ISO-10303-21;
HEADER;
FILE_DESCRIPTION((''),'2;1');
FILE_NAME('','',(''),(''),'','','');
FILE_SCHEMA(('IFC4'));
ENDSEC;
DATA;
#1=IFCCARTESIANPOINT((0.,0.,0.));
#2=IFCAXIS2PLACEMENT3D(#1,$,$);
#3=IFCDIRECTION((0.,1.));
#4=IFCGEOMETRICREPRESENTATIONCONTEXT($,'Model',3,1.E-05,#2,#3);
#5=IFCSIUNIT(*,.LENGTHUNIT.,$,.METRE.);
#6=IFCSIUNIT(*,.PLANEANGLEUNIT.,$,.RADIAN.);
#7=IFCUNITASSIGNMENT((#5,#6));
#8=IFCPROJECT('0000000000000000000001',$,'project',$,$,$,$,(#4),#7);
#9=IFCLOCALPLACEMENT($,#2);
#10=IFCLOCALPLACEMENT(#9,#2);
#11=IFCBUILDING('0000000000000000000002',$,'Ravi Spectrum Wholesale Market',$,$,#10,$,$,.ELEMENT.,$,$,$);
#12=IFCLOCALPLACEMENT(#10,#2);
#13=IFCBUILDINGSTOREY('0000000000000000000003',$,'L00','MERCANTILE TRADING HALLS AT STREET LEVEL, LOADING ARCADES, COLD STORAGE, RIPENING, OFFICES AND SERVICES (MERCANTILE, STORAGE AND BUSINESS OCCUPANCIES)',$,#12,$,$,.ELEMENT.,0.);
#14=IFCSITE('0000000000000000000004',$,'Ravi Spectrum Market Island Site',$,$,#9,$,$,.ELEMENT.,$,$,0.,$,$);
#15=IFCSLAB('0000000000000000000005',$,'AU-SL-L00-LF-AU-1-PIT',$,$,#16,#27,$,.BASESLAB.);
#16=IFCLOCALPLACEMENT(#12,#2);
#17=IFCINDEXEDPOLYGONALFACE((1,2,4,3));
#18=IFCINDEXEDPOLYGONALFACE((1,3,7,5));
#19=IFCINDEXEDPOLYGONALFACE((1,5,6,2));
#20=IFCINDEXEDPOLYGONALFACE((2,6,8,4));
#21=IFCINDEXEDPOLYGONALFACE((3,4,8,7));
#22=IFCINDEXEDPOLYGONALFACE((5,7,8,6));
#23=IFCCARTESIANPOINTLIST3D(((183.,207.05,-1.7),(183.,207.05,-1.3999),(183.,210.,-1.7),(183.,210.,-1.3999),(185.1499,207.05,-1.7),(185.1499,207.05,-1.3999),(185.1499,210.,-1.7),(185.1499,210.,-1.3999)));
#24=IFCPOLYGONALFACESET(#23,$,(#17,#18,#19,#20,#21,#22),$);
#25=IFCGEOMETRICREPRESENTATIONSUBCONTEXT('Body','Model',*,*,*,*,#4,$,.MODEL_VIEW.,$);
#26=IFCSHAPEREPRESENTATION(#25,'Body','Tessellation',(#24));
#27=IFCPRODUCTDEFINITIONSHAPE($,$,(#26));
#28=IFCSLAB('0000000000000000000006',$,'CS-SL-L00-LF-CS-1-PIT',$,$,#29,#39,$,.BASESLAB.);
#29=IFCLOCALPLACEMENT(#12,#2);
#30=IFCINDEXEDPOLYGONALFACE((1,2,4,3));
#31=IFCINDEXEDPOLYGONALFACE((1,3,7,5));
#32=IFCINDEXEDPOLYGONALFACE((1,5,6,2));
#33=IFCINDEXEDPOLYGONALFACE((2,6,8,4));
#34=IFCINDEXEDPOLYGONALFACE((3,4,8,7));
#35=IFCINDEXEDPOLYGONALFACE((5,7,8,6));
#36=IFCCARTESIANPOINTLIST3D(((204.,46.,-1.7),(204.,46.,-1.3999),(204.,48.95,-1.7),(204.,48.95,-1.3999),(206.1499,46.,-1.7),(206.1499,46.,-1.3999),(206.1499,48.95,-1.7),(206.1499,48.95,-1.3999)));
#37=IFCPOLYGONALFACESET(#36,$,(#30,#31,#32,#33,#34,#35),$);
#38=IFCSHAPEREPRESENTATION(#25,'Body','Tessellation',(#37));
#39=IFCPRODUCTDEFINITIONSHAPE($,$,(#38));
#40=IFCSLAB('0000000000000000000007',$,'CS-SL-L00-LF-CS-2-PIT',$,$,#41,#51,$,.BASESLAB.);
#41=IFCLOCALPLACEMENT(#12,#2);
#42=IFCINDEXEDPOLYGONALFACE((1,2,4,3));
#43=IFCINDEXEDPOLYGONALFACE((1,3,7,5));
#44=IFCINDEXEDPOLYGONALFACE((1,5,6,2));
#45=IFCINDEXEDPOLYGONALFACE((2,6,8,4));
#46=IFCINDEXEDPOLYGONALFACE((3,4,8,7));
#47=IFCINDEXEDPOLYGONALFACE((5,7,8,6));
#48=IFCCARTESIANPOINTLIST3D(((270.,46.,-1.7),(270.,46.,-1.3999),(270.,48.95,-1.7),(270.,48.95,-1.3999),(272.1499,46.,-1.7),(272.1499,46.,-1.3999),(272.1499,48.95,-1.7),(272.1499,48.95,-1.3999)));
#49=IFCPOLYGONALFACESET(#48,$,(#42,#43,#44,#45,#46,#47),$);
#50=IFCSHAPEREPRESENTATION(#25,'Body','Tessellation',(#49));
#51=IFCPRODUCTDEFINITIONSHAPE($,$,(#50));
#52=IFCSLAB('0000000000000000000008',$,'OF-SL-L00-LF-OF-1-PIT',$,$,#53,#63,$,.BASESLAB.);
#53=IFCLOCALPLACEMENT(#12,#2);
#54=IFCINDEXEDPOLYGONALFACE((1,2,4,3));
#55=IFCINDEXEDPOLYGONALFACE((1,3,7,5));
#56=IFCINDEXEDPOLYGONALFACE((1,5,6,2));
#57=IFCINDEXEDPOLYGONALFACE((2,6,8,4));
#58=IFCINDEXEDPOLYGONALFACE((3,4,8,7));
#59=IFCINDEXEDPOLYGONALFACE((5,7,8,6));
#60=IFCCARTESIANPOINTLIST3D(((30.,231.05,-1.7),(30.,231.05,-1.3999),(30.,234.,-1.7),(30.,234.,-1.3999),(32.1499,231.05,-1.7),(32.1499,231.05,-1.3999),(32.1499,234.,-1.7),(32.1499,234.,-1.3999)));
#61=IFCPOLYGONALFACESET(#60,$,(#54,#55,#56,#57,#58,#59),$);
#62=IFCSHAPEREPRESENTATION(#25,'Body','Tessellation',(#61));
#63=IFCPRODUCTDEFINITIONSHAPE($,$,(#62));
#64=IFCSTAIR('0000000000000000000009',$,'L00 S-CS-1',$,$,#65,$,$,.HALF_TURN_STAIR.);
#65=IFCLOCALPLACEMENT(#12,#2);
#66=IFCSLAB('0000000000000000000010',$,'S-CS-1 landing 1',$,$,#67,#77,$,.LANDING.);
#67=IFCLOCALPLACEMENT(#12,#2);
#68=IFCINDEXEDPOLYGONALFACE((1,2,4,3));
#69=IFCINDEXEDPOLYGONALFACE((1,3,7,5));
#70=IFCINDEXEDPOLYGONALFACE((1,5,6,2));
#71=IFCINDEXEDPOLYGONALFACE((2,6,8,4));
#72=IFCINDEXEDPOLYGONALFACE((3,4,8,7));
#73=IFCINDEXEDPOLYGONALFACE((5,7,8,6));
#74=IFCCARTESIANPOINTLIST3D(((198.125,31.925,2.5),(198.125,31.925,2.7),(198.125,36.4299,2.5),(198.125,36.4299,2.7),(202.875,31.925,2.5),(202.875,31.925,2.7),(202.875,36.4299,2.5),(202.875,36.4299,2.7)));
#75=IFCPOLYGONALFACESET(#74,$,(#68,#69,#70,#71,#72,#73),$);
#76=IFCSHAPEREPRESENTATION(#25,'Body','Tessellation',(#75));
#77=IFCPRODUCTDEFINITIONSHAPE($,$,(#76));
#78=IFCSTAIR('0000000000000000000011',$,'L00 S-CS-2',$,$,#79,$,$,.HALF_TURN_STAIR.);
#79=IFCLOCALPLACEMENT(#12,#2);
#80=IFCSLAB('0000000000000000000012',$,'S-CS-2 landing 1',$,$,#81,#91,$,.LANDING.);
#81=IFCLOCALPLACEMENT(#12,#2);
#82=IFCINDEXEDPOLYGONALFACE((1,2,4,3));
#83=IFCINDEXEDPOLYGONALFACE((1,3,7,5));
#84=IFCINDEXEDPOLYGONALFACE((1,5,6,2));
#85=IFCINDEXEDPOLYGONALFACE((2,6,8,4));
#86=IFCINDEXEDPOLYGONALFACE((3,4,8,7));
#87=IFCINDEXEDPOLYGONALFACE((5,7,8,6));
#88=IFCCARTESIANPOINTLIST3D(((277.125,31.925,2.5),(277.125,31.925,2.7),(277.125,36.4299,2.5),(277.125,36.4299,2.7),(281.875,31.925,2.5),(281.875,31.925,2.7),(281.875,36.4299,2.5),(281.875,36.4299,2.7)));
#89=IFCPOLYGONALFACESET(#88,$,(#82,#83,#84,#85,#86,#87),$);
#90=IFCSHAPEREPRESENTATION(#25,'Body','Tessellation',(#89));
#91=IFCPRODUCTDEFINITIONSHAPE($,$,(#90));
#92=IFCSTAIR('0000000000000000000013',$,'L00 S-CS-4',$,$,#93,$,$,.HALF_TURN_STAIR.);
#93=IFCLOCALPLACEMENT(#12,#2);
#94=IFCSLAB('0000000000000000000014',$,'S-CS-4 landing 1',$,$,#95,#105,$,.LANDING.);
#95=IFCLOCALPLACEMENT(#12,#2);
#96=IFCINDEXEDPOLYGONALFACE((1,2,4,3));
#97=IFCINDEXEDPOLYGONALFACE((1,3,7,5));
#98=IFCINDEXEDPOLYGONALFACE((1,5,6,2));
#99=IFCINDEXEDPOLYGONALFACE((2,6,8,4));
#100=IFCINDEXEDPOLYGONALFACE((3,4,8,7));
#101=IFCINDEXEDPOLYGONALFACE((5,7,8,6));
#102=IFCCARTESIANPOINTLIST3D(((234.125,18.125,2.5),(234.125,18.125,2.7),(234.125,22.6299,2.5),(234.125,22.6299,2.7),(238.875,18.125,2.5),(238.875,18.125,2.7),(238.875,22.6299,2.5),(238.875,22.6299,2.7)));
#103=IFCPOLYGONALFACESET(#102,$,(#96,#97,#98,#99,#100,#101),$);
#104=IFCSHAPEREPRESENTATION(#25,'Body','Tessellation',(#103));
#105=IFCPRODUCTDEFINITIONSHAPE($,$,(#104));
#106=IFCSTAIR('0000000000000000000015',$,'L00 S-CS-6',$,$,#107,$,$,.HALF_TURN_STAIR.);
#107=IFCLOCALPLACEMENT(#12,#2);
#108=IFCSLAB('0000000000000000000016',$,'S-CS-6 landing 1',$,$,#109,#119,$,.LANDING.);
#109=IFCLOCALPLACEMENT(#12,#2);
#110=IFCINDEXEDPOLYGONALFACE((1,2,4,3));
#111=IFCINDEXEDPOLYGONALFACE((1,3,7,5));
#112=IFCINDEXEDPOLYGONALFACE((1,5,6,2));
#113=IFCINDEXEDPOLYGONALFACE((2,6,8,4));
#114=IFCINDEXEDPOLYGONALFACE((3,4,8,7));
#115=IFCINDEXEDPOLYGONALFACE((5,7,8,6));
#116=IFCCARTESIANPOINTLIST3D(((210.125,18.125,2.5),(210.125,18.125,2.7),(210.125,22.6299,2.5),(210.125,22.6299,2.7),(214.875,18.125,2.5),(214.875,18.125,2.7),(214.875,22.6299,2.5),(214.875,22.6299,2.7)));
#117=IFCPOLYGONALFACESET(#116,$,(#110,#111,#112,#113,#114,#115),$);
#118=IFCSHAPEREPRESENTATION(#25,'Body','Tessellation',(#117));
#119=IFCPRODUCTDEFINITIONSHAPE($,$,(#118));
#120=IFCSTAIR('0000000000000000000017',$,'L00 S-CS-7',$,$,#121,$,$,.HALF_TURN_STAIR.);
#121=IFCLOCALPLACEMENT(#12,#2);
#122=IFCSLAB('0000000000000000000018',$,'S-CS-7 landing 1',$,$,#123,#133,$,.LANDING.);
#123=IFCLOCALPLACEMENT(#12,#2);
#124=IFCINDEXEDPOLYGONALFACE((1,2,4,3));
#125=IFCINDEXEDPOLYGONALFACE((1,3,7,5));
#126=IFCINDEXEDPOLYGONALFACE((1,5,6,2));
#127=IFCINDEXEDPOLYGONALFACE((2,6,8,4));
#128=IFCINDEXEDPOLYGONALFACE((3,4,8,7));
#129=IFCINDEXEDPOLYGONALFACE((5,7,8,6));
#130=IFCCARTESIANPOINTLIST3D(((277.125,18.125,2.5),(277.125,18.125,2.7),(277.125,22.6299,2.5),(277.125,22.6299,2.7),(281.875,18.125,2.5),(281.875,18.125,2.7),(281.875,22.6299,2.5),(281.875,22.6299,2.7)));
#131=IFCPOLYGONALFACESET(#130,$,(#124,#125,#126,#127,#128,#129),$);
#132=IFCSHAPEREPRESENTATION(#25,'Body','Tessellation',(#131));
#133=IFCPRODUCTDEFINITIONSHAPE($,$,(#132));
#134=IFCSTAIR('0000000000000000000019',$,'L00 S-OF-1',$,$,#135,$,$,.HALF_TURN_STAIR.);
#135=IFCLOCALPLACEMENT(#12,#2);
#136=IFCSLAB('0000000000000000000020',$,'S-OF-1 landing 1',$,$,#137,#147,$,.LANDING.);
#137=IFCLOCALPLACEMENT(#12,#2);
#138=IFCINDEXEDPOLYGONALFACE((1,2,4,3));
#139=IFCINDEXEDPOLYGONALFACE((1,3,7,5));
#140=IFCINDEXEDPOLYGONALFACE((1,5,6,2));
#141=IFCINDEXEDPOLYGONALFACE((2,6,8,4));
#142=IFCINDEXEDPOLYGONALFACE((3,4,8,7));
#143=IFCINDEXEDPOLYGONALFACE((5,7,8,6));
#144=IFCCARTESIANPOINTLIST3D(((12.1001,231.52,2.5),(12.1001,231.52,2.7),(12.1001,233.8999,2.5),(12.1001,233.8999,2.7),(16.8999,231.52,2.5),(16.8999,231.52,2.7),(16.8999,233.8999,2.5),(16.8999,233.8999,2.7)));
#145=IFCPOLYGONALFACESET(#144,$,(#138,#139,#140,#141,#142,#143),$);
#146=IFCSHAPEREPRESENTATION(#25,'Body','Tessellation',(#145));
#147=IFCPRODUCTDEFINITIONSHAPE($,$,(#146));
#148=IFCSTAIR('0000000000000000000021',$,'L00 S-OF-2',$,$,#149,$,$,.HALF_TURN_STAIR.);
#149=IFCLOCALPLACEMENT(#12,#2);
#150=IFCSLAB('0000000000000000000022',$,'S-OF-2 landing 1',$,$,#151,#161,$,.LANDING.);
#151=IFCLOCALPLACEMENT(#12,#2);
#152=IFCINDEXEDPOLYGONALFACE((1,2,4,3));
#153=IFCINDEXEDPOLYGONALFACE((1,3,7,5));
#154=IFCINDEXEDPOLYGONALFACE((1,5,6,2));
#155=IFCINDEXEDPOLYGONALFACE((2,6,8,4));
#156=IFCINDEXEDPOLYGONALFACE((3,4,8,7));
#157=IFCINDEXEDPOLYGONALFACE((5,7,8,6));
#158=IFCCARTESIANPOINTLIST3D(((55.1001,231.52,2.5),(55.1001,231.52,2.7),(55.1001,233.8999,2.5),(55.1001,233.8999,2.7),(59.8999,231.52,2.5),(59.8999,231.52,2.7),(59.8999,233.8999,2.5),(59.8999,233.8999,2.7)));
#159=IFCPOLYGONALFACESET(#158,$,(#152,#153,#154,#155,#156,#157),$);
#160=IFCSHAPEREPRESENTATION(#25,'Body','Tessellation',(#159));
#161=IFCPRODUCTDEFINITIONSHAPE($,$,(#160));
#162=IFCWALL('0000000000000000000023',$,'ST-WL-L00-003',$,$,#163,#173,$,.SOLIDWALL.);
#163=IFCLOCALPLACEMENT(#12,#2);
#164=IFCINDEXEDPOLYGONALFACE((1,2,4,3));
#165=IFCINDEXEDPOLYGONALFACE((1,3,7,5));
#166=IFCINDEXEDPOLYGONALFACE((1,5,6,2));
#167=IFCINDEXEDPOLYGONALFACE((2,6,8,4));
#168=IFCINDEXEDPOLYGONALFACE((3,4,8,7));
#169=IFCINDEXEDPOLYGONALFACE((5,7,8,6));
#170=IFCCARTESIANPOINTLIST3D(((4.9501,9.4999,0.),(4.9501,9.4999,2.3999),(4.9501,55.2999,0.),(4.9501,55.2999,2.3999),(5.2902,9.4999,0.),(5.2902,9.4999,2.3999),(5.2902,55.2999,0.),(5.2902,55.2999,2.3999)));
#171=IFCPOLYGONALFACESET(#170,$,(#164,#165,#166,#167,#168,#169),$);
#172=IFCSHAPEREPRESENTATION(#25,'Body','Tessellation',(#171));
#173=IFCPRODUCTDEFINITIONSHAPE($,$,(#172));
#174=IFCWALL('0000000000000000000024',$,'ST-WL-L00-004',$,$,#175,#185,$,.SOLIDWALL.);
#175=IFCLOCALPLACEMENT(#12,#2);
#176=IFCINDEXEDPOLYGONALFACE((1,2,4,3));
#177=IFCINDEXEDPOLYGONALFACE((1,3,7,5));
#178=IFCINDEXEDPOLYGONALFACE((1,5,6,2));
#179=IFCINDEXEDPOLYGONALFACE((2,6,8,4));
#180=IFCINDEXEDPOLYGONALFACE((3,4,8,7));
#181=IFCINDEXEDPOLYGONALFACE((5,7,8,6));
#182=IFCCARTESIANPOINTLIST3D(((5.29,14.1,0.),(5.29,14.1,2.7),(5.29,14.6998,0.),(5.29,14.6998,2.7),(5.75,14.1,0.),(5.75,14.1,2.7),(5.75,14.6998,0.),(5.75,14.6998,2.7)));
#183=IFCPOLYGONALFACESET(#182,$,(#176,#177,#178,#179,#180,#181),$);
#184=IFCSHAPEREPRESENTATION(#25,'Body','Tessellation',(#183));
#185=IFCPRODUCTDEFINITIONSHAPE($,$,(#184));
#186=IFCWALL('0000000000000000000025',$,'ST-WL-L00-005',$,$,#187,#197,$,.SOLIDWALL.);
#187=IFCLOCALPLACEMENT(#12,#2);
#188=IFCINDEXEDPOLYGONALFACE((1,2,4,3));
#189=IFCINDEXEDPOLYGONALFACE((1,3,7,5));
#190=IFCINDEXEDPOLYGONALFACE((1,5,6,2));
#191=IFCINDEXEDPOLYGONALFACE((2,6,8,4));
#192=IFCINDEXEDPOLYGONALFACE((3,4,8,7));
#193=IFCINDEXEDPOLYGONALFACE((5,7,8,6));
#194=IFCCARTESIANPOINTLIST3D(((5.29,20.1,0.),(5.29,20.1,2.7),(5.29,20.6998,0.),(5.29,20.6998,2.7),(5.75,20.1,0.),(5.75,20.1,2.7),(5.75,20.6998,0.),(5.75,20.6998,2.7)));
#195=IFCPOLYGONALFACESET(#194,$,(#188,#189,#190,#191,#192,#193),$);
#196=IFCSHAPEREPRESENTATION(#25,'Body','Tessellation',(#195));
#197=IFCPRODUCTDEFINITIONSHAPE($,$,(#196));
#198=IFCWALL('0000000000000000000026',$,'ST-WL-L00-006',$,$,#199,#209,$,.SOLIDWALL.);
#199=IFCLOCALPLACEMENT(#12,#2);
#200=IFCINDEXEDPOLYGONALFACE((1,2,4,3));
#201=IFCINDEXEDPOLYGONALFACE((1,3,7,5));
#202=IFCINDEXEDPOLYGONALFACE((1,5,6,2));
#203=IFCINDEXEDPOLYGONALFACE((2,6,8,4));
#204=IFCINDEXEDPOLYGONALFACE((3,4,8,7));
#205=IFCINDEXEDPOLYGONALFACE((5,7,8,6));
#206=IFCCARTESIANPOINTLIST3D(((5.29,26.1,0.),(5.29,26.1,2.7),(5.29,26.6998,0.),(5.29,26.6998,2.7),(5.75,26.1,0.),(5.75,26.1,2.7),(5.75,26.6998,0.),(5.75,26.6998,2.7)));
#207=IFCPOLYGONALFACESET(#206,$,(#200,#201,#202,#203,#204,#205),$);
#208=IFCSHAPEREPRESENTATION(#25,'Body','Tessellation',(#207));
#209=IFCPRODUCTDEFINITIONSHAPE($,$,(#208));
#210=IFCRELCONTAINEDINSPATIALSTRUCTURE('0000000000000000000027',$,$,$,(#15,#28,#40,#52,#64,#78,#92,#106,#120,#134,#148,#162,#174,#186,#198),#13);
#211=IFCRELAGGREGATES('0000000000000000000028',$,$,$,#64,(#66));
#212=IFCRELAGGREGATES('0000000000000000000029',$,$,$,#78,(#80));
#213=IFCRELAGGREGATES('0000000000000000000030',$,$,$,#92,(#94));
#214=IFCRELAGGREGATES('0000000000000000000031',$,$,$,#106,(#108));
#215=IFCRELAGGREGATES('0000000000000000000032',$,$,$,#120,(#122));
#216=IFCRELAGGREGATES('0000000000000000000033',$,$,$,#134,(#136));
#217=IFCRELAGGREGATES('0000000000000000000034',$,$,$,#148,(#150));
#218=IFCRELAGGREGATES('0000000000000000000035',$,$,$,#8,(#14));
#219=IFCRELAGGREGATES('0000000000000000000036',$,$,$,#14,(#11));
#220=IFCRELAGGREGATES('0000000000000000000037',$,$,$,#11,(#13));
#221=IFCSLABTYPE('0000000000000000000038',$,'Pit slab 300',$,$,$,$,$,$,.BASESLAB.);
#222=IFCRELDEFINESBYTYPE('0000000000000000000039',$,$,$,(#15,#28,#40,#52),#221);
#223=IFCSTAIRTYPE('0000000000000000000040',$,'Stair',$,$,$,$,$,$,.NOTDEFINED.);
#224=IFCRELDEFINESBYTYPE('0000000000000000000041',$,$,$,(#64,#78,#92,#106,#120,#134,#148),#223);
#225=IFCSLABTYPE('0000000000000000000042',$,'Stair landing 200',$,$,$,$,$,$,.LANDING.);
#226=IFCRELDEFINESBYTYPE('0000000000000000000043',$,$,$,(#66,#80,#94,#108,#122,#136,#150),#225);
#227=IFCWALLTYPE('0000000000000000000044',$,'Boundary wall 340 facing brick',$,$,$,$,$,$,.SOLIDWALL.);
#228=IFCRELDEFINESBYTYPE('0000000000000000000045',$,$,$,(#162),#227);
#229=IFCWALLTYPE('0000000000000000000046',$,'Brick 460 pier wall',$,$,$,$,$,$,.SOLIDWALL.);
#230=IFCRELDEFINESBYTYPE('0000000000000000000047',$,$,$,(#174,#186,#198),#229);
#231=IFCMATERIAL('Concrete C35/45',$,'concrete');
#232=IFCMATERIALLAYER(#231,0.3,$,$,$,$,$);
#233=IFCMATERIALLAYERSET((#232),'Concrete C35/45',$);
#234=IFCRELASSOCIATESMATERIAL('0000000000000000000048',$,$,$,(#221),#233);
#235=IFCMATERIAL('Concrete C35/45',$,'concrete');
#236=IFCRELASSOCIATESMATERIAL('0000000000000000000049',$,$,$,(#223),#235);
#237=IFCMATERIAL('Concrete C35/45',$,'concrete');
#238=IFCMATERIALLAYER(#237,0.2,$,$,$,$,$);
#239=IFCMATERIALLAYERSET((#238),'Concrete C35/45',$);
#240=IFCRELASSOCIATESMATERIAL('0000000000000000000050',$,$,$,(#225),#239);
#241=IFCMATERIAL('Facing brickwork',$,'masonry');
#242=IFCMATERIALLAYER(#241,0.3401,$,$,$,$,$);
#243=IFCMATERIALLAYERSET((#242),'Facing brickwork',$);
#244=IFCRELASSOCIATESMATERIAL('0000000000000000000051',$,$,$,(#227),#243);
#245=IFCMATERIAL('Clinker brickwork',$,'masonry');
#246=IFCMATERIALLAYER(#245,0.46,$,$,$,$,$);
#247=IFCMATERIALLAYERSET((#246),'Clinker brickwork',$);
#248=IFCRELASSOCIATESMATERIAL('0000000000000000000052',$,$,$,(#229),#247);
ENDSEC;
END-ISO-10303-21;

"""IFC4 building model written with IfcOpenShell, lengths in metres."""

from ifc_helpers import new_model, si_unit, direction, frame, frame_2d, origin, place, context, subcontext, project, spatial, polyline, rectangle, outline, extrude, material, layer, layer_set, type_object, element, aggregate, save


model = new_model("IFC4")

# Units and contexts
model_context = context("Model", 3, precision=1e-05, world=origin(), true_north=direction((0.0, 1.0)))
body_context = subcontext(model_context, "Body", "Model", "MODEL_VIEW")
ifc_project = project(units=[si_unit("LENGTHUNIT", "METRE"), si_unit("PLANEANGLEUNIT", "RADIAN")], contexts=[model_context])

# Site, building, storey
site_placement = place(None, origin())
site = spatial("IfcSite", under=ifc_project, at=site_placement, Name="Ravi Spectrum Market Island Site", CompositionType="ELEMENT", RefElevation=0.0)
building_placement = place(site_placement, origin())
building = spatial("IfcBuilding", under=site, at=building_placement, Name="Ravi Spectrum Wholesale Market", CompositionType="ELEMENT")
storey_placement = place(building_placement, origin())
storey = spatial("IfcBuildingStorey", under=building, at=storey_placement, Name="L00", Description="MERCANTILE TRADING HALLS AT STREET LEVEL, LOADING ARCADES, COLD STORAGE, RIPENING, OFFICES AND SERVICES (MERCANTILE, STORAGE AND BUSINESS OCCUPANCIES)", CompositionType="ELEMENT", Elevation=0.0)

# Slabs
ifc_material_1 = material(Name="Concrete C35/45", Category="concrete")
ifc_layer_1 = layer(ifc_material_1, 0.3)
ifc_layer_set_1 = layer_set([ifc_layer_1], Name="Concrete C35/45")
slab_type_1 = type_object("IfcSlabType", Name="Pit slab 300", PredefinedType="BASESLAB", material=ifc_layer_set_1)
slab_1_placement = place(storey_placement, frame((0.0, 0.0, -1.7)))
element("IfcSlab", 1, at=slab_1_placement, inside=storey, type_object=slab_type_1, Name="AU-SL-L00-LF-AU-1-PIT", PredefinedType="BASESLAB", context=body_context, shape_type="SweptSolid", body=[
    extrude(outline(polyline([(183.0, 207.05), (185.1499, 207.05), (185.1499, 210.0), (183.0, 210.0), (183.0, 207.05)])), origin(), (0.0, 0.0, 1.0), 0.3),
])
slab_2_placement = place(storey_placement, frame((0.0, 0.0, -1.7)))
element("IfcSlab", 2, at=slab_2_placement, inside=storey, type_object=slab_type_1, Name="CS-SL-L00-LF-CS-1-PIT", PredefinedType="BASESLAB", context=body_context, shape_type="SweptSolid", body=[
    extrude(outline(polyline([(204.0, 46.0), (206.1499, 46.0), (206.1499, 48.95), (204.0, 48.95), (204.0, 46.0)])), origin(), (0.0, 0.0, 1.0), 0.3),
])
slab_3_placement = place(storey_placement, frame((0.0, 0.0, -1.7)))
element("IfcSlab", 3, at=slab_3_placement, inside=storey, type_object=slab_type_1, Name="CS-SL-L00-LF-CS-2-PIT", PredefinedType="BASESLAB", context=body_context, shape_type="SweptSolid", body=[
    extrude(outline(polyline([(270.0, 46.0), (272.1499, 46.0), (272.1499, 48.95), (270.0, 48.95), (270.0, 46.0)])), origin(), (0.0, 0.0, 1.0), 0.3),
])
slab_4_placement = place(storey_placement, frame((0.0, 0.0, -1.7)))
element("IfcSlab", 4, at=slab_4_placement, inside=storey, type_object=slab_type_1, Name="OF-SL-L00-LF-OF-1-PIT", PredefinedType="BASESLAB", context=body_context, shape_type="SweptSolid", body=[
    extrude(outline(polyline([(30.0, 231.05), (32.1499, 231.05), (32.1499, 234.0), (30.0, 234.0), (30.0, 231.05)])), origin(), (0.0, 0.0, 1.0), 0.3),
])

# Stairs, slabs
ifc_material_2 = material(Name="Concrete C35/45", Category="concrete")
stair_type = type_object("IfcStairType", Name="Stair", PredefinedType="NOTDEFINED", material=ifc_material_2)
stair_1_placement = place(storey_placement, origin())
stair_1 = element("IfcStair", 5, at=stair_1_placement, inside=storey, type_object=stair_type, Name="L00 S-CS-1", PredefinedType="HALF_TURN_STAIR")
ifc_material_3 = material(Name="Concrete C35/45", Category="concrete")
ifc_layer_2 = layer(ifc_material_3, 0.2)
ifc_layer_set_2 = layer_set([ifc_layer_2], Name="Concrete C35/45")
slab_type_2 = type_object("IfcSlabType", Name="Stair landing 200", PredefinedType="LANDING", material=ifc_layer_set_2)
slab_5_placement = place(storey_placement, frame((0.0, 0.0, 2.5)))
slab_5 = element("IfcSlab", 6, at=slab_5_placement, type_object=slab_type_2, Name="S-CS-1 landing 1", PredefinedType="LANDING", context=body_context, shape_type="SweptSolid", body=[
    extrude(outline(polyline([(198.125, 36.4299), (198.125, 31.925), (202.875, 31.925), (202.875, 36.4299), (198.125, 36.4299)])), origin(), (0.0, 0.0, 1.0), 0.2),
])
aggregate(stair_1, [slab_5])
stair_2_placement = place(storey_placement, origin())
stair_2 = element("IfcStair", 7, at=stair_2_placement, inside=storey, type_object=stair_type, Name="L00 S-CS-2", PredefinedType="HALF_TURN_STAIR")
slab_6_placement = place(storey_placement, frame((0.0, 0.0, 2.5)))
slab_6 = element("IfcSlab", 8, at=slab_6_placement, type_object=slab_type_2, Name="S-CS-2 landing 1", PredefinedType="LANDING", context=body_context, shape_type="SweptSolid", body=[
    extrude(outline(polyline([(277.125, 36.4299), (277.125, 31.925), (281.875, 31.925), (281.875, 36.4299), (277.125, 36.4299)])), origin(), (0.0, 0.0, 1.0), 0.2),
])
aggregate(stair_2, [slab_6])
stair_3_placement = place(storey_placement, origin())
stair_3 = element("IfcStair", 9, at=stair_3_placement, inside=storey, type_object=stair_type, Name="L00 S-CS-4", PredefinedType="HALF_TURN_STAIR")
slab_7_placement = place(storey_placement, frame((0.0, 0.0, 2.5)))
slab_7 = element("IfcSlab", 10, at=slab_7_placement, type_object=slab_type_2, Name="S-CS-4 landing 1", PredefinedType="LANDING", context=body_context, shape_type="SweptSolid", body=[
    extrude(outline(polyline([(234.125, 22.6299), (234.125, 18.125), (238.875, 18.125), (238.875, 22.6299), (234.125, 22.6299)])), origin(), (0.0, 0.0, 1.0), 0.2),
])
aggregate(stair_3, [slab_7])
stair_4_placement = place(storey_placement, origin())
stair_4 = element("IfcStair", 11, at=stair_4_placement, inside=storey, type_object=stair_type, Name="L00 S-CS-6", PredefinedType="HALF_TURN_STAIR")
slab_8_placement = place(storey_placement, frame((0.0, 0.0, 2.5)))
slab_8 = element("IfcSlab", 12, at=slab_8_placement, type_object=slab_type_2, Name="S-CS-6 landing 1", PredefinedType="LANDING", context=body_context, shape_type="SweptSolid", body=[
    extrude(outline(polyline([(210.125, 22.6299), (210.125, 18.125), (214.875, 18.125), (214.875, 22.6299), (210.125, 22.6299)])), origin(), (0.0, 0.0, 1.0), 0.2),
])
aggregate(stair_4, [slab_8])
stair_5_placement = place(storey_placement, origin())
stair_5 = element("IfcStair", 13, at=stair_5_placement, inside=storey, type_object=stair_type, Name="L00 S-CS-7", PredefinedType="HALF_TURN_STAIR")
slab_9_placement = place(storey_placement, frame((0.0, 0.0, 2.5)))
slab_9 = element("IfcSlab", 14, at=slab_9_placement, type_object=slab_type_2, Name="S-CS-7 landing 1", PredefinedType="LANDING", context=body_context, shape_type="SweptSolid", body=[
    extrude(outline(polyline([(277.125, 22.6299), (277.125, 18.125), (281.875, 18.125), (281.875, 22.6299), (277.125, 22.6299)])), origin(), (0.0, 0.0, 1.0), 0.2),
])
aggregate(stair_5, [slab_9])
stair_6_placement = place(storey_placement, origin())
stair_6 = element("IfcStair", 15, at=stair_6_placement, inside=storey, type_object=stair_type, Name="L00 S-OF-1", PredefinedType="HALF_TURN_STAIR")
slab_10_placement = place(storey_placement, frame((0.0, 0.0, 2.5)))
slab_10 = element("IfcSlab", 16, at=slab_10_placement, type_object=slab_type_2, Name="S-OF-1 landing 1", PredefinedType="LANDING", context=body_context, shape_type="SweptSolid", body=[
    extrude(outline(polyline([(16.8999, 231.52), (16.8999, 233.8999), (12.1001, 233.8999), (12.1001, 231.52), (16.8999, 231.52)])), origin(), (0.0, 0.0, 1.0), 0.2),
])
aggregate(stair_6, [slab_10])
stair_7_placement = place(storey_placement, origin())
stair_7 = element("IfcStair", 17, at=stair_7_placement, inside=storey, type_object=stair_type, Name="L00 S-OF-2", PredefinedType="HALF_TURN_STAIR")
slab_11_placement = place(storey_placement, frame((0.0, 0.0, 2.5)))
slab_11 = element("IfcSlab", 18, at=slab_11_placement, type_object=slab_type_2, Name="S-OF-2 landing 1", PredefinedType="LANDING", context=body_context, shape_type="SweptSolid", body=[
    extrude(outline(polyline([(59.8999, 231.52), (59.8999, 233.8999), (55.1001, 233.8999), (55.1001, 231.52), (59.8999, 231.52)])), origin(), (0.0, 0.0, 1.0), 0.2),
])
aggregate(stair_7, [slab_11])

# Walls
ifc_material_4 = material(Name="Facing brickwork", Category="masonry")
ifc_layer_3 = layer(ifc_material_4, 0.3401)
ifc_layer_set_3 = layer_set([ifc_layer_3], Name="Facing brickwork")
wall_type_1 = type_object("IfcWallType", Name="Boundary wall 340 facing brick", PredefinedType="SOLIDWALL", material=ifc_layer_set_3)
wall_placement = place(storey_placement, frame((5.1201, 9.5, 0.0), z_axis=(0.0, 0.0, 1.0), x_axis=(0.0, 1.0, 0.0)))
element("IfcWall", 19, at=wall_placement, inside=storey, type_object=wall_type_1, Name="ST-WL-L00-003", PredefinedType="SOLIDWALL", context=body_context, shape_type="SweptSolid", body=[
    extrude(rectangle(XDim=45.8, YDim=0.3401, at=frame_2d((22.8999, 0.0))), origin(), (0.0, 0.0, 1.0), 2.3999),
])
ifc_material_5 = material(Name="Clinker brickwork", Category="masonry")
ifc_layer_4 = layer(ifc_material_5, 0.46)
ifc_layer_set_4 = layer_set([ifc_layer_4], Name="Clinker brickwork")
wall_type_2 = type_object("IfcWallType", Name="Brick 460 pier wall", PredefinedType="SOLIDWALL", material=ifc_layer_set_4)
for number, where, z_axis, x_axis, name in (
    (20, (5.52, 14.1001, 0.0), (0.0, 0.0, 1.0), (0.0, 1.0, 0.0), "ST-WL-L00-004"),
    (21, (5.52, 20.1001, 0.0), (0.0, 0.0, 1.0), (0.0, 1.0, 0.0), "ST-WL-L00-005"),
    (22, (5.52, 26.1001, 0.0), (0.0, 0.0, 1.0), (0.0, 1.0, 0.0), "ST-WL-L00-006"),
):
    element("IfcWall", number, at=place(storey_placement, frame(where, z_axis=z_axis, x_axis=x_axis)), inside=storey, type_object=wall_type_2, Name=name, PredefinedType="SOLIDWALL", context=body_context, shape_type="SweptSolid", body=[
        extrude(rectangle(XDim=0.5999, YDim=0.46, at=frame_2d((0.2998, 0.0))), origin(), (0.0, 0.0, 1.0), 2.7),
    ])

save(model, "model.ifc")
